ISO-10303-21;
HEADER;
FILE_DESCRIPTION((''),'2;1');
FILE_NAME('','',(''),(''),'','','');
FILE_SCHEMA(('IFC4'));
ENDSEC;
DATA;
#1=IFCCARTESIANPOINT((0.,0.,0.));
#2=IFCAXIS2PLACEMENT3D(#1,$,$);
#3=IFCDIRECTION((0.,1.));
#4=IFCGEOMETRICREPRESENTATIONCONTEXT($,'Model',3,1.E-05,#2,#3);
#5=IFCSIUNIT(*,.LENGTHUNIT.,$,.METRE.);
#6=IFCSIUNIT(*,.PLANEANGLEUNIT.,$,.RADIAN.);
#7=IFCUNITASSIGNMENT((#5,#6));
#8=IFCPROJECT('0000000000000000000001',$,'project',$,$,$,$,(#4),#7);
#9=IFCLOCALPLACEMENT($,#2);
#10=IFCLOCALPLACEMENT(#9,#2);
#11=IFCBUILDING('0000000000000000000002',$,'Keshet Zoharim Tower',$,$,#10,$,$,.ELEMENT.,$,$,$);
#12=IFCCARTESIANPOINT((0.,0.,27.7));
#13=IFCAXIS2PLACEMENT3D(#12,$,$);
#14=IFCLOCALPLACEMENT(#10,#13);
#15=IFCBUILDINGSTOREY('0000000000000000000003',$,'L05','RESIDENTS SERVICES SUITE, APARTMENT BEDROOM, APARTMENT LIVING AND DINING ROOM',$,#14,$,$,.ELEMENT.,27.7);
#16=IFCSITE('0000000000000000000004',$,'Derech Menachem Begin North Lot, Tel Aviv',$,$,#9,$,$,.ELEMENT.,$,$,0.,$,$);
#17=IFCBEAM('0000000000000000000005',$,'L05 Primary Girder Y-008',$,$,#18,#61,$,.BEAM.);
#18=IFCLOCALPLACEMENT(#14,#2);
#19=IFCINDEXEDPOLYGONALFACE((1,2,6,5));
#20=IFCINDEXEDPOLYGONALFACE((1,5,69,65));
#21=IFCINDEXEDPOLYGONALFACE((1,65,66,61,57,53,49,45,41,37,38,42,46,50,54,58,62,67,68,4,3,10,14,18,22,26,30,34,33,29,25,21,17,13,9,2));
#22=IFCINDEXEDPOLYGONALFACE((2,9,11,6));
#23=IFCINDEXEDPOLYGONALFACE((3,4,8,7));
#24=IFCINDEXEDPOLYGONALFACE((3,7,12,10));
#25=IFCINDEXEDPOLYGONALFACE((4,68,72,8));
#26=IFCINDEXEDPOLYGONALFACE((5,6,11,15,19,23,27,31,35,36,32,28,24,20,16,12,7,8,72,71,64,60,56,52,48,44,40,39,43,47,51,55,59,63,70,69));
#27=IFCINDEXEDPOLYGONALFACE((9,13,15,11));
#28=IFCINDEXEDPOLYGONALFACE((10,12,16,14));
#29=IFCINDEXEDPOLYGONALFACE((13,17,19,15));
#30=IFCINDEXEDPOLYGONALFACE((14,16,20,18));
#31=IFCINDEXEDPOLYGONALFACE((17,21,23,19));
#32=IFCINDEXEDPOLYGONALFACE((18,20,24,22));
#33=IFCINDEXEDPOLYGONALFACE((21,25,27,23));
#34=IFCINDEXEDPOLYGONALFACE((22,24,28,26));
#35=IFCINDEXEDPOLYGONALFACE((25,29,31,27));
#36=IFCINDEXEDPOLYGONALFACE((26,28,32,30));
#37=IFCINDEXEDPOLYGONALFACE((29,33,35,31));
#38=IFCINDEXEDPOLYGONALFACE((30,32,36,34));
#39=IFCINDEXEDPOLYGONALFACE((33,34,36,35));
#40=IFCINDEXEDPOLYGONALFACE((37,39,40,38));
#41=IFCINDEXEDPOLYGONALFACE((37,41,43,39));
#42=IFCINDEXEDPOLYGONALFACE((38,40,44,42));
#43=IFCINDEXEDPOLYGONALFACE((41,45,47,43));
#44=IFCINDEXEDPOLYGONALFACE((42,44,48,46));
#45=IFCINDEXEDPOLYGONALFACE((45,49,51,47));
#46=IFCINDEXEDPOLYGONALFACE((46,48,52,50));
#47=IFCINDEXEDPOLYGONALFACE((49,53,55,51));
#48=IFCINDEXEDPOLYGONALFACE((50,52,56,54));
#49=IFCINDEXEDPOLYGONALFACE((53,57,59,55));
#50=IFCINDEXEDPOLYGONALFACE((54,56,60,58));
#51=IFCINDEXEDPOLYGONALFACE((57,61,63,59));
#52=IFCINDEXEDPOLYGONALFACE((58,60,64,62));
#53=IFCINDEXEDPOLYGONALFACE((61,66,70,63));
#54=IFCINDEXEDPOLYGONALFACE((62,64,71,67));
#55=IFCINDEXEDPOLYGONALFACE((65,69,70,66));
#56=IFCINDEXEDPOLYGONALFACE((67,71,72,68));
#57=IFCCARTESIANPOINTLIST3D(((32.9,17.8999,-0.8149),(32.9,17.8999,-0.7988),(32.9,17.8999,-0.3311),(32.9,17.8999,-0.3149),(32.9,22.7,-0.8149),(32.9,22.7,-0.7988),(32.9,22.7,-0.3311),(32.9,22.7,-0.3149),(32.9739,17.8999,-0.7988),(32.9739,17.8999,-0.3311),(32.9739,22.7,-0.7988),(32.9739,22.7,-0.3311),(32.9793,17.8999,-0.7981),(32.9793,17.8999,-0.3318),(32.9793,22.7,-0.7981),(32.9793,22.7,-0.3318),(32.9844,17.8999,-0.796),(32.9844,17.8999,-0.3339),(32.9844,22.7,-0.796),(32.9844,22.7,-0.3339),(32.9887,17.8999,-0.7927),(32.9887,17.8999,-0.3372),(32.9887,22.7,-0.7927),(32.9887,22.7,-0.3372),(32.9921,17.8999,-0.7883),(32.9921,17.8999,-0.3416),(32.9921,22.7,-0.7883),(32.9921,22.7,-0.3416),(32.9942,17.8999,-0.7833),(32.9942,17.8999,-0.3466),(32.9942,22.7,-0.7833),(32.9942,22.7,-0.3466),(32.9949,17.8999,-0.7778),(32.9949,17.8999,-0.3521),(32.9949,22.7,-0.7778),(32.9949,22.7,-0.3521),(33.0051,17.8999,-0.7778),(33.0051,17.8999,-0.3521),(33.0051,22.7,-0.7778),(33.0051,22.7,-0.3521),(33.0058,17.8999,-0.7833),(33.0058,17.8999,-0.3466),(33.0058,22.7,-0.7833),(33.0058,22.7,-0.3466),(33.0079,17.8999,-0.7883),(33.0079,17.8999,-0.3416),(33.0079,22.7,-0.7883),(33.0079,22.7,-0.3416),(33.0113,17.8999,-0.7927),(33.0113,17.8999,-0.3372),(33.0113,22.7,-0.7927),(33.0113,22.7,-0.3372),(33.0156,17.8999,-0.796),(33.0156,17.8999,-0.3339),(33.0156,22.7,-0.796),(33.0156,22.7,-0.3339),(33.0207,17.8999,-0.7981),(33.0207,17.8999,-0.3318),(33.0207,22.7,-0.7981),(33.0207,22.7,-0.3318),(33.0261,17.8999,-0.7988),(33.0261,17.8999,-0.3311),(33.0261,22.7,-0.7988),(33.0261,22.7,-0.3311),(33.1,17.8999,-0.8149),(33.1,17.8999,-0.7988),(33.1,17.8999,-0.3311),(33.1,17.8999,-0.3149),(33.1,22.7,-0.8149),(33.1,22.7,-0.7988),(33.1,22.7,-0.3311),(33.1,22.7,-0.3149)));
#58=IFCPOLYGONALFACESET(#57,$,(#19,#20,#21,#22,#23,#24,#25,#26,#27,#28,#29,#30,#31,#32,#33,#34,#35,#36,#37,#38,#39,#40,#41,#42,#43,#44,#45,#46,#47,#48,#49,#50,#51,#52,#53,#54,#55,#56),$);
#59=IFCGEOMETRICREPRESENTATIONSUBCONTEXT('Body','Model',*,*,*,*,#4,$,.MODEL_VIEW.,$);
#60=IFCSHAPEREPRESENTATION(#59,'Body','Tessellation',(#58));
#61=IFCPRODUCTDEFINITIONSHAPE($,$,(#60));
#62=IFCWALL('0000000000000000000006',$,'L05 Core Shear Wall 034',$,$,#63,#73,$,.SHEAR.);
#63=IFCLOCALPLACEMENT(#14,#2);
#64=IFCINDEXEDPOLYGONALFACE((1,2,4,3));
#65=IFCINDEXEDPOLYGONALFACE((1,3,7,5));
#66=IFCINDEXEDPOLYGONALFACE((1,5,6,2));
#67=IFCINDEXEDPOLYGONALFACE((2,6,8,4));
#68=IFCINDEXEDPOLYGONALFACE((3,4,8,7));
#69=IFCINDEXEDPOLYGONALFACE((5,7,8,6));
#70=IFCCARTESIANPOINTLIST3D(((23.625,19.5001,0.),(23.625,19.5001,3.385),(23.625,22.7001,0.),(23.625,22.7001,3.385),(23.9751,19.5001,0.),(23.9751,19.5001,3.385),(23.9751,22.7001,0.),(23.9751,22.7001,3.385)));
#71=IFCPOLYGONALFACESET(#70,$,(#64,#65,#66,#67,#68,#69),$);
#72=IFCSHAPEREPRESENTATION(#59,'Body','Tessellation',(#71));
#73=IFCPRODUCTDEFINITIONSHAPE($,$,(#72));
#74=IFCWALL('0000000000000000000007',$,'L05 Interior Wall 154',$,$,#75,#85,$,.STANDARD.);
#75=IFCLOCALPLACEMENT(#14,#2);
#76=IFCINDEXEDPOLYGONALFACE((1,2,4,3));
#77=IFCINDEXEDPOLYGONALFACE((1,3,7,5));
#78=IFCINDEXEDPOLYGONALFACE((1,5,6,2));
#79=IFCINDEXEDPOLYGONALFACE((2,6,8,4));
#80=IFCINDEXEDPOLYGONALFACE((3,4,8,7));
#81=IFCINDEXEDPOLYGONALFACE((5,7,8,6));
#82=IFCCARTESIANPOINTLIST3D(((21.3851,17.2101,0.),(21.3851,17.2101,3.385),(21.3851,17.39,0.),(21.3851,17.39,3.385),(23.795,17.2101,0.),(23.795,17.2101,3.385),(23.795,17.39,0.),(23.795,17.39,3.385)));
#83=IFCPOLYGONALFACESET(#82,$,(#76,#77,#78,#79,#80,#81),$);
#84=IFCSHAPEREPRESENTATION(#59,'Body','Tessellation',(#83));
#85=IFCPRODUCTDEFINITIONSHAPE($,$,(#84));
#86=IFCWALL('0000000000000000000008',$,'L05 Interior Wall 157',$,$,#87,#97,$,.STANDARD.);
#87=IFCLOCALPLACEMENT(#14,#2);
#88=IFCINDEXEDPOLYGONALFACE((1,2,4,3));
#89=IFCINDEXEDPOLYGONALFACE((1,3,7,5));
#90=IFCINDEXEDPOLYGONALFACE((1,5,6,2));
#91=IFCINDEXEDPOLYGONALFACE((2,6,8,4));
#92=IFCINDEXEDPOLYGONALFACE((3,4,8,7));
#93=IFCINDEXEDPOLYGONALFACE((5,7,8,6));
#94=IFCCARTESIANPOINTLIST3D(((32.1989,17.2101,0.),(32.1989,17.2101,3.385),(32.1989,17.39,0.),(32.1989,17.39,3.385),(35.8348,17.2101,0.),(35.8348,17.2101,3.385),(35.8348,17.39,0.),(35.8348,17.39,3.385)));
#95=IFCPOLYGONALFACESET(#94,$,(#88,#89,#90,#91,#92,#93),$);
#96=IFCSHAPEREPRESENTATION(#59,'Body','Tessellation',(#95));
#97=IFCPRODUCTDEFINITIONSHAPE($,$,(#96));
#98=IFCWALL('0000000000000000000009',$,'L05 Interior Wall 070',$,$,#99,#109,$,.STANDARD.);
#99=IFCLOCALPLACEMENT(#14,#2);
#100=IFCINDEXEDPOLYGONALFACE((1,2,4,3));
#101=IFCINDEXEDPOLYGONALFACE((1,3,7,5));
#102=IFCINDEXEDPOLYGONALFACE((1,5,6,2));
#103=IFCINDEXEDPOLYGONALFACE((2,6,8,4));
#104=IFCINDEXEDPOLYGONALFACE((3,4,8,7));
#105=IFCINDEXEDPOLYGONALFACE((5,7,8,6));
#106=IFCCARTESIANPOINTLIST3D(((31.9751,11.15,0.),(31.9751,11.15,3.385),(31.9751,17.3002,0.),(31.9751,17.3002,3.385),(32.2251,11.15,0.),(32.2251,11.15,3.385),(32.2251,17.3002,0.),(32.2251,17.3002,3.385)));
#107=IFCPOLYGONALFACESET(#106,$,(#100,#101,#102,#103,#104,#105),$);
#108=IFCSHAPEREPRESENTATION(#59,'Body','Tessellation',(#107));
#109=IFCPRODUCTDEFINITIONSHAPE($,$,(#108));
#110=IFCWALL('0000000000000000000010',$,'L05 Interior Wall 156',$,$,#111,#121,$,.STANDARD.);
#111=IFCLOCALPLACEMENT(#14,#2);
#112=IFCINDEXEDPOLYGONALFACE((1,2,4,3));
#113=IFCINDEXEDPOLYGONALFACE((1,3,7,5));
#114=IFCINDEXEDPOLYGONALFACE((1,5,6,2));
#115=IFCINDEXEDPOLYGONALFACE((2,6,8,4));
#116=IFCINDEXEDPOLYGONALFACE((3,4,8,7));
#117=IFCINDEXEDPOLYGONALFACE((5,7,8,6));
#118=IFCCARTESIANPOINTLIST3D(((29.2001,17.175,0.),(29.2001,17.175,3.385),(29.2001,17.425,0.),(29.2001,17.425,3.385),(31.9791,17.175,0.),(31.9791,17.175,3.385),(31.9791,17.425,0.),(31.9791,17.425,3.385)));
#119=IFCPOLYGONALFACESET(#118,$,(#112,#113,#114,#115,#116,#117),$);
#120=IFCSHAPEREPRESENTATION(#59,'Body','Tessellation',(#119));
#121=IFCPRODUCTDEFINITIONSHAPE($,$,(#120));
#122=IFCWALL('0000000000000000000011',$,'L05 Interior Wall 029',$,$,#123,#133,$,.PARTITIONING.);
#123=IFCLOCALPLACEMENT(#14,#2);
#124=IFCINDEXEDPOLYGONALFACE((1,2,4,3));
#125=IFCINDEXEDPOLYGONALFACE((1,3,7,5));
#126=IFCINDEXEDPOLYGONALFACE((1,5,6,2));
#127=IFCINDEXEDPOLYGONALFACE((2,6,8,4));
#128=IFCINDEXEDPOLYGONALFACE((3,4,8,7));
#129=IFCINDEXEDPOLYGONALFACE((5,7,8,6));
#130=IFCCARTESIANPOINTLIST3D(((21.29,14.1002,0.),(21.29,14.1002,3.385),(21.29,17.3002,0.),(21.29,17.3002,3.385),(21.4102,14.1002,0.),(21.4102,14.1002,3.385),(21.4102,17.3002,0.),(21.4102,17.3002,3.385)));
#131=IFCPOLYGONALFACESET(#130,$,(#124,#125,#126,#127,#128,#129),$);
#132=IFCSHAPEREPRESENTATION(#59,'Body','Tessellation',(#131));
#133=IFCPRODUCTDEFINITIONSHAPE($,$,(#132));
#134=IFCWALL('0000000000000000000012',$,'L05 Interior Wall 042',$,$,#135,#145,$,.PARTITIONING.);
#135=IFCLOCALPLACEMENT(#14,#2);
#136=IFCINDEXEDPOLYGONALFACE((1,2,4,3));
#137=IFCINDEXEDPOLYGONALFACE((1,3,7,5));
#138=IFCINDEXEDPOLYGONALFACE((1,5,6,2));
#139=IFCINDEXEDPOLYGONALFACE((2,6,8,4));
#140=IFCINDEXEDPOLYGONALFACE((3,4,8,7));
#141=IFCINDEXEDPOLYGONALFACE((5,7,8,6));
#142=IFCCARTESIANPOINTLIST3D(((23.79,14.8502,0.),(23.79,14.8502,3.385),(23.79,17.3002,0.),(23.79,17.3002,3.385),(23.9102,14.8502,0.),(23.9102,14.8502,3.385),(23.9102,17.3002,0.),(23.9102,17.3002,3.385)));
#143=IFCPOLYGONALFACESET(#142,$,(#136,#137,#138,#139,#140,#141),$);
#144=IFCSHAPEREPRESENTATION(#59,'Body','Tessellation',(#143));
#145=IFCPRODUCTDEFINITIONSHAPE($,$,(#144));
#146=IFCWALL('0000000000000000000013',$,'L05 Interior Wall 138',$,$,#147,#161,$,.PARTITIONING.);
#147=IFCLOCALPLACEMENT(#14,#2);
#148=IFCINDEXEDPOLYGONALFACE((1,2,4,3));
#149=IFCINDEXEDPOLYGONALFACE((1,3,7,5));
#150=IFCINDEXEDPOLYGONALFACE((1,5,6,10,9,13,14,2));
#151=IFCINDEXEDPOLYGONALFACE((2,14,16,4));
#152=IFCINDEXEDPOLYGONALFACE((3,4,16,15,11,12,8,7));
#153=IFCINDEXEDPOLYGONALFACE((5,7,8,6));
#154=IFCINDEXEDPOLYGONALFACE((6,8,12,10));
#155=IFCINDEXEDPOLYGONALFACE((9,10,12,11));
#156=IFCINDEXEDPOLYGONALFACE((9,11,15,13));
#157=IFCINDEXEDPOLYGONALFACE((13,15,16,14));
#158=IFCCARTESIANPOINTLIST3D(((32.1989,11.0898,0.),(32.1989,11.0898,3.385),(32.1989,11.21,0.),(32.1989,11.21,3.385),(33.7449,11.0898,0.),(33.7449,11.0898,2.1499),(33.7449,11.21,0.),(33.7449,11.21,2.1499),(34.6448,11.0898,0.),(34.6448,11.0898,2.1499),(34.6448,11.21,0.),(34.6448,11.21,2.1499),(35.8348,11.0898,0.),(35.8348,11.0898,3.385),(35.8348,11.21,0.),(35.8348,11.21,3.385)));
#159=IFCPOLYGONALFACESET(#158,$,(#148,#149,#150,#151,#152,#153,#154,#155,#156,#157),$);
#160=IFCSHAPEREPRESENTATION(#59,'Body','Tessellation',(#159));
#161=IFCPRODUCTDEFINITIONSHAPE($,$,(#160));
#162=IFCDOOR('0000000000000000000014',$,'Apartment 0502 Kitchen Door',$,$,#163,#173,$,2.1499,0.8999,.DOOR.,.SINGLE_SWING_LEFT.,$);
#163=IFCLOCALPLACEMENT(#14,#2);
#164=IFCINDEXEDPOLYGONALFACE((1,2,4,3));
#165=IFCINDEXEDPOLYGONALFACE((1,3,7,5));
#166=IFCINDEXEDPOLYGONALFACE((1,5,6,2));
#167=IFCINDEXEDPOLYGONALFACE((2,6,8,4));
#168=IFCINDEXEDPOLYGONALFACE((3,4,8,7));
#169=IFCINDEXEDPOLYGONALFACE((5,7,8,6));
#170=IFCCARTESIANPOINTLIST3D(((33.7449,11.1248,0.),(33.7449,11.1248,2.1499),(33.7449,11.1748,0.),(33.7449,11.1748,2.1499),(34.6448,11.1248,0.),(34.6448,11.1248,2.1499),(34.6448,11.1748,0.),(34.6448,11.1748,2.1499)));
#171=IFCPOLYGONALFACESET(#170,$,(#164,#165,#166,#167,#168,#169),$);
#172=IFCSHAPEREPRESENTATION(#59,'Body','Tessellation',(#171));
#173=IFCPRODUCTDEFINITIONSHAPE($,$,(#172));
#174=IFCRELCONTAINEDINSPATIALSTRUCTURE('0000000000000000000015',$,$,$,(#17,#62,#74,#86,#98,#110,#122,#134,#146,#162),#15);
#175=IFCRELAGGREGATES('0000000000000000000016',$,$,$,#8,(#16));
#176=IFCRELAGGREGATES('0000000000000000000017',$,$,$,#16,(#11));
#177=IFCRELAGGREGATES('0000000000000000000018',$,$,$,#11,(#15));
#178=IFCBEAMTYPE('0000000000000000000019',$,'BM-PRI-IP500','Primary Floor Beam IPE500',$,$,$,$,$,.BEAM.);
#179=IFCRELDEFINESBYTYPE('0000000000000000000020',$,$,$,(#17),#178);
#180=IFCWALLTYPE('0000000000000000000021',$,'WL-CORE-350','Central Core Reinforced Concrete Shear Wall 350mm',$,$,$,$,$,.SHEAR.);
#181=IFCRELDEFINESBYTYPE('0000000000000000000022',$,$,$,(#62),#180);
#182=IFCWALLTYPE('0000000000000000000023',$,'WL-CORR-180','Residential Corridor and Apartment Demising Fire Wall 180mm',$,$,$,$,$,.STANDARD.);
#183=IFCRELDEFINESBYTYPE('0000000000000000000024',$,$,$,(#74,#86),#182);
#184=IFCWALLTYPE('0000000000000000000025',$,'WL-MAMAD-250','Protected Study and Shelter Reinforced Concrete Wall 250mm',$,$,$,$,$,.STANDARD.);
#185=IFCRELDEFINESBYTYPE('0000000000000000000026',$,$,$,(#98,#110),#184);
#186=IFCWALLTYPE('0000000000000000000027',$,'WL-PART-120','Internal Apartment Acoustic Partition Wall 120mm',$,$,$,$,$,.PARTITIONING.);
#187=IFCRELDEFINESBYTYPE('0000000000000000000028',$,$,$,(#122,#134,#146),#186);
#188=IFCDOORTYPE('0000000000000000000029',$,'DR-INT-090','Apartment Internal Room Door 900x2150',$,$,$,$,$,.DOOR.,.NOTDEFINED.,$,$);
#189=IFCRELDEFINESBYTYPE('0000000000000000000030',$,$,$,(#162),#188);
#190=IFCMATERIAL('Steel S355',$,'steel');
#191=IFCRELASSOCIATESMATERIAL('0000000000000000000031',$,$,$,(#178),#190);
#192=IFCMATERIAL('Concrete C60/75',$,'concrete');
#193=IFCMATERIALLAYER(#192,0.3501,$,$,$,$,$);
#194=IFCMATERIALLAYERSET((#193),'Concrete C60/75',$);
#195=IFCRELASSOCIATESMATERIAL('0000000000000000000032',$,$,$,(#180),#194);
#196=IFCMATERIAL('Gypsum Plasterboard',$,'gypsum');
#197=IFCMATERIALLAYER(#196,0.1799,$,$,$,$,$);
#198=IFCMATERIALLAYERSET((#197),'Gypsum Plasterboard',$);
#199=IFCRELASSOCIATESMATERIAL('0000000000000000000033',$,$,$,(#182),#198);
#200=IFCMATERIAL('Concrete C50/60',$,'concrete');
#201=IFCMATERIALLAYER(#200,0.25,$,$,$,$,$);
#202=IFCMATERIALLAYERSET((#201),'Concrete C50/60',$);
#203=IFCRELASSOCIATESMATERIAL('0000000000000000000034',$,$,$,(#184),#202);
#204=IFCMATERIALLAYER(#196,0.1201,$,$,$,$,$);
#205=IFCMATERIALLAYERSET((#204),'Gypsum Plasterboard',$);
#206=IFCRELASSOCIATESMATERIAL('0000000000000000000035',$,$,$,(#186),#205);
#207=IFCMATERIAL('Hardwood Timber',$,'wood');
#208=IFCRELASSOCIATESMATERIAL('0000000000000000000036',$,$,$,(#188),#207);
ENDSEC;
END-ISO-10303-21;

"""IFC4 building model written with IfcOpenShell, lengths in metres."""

from ifc_helpers import new_model, si_unit, direction, frame, frame_2d, origin, origin_2d, place, context, subcontext, project, spatial, rectangle, i_section, extrude, material, layer, layer_set, material_profile, profile_set, type_object, element, fill, save


model = new_model("IFC4")

# Units and contexts
model_context = context("Model", 3, precision=1e-05, world=origin(), true_north=direction((0.0, 1.0)))
body_context = subcontext(model_context, "Body", "Model", "MODEL_VIEW")
ifc_project = project(units=[si_unit("LENGTHUNIT", "METRE"), si_unit("PLANEANGLEUNIT", "RADIAN")], contexts=[model_context])

# Site, building, storey
site_placement = place(None, origin())
site = spatial("IfcSite", under=ifc_project, at=site_placement, Name="Derech Menachem Begin North Lot, Tel Aviv", CompositionType="ELEMENT", RefElevation=0.0)
building_placement = place(site_placement, origin())
building = spatial("IfcBuilding", under=site, at=building_placement, Name="Keshet Zoharim Tower", CompositionType="ELEMENT")
storey_placement = place(building_placement, frame((0.0, 0.0, 27.7)))
storey = spatial("IfcBuildingStorey", under=building, at=storey_placement, Name="L05", Description="RESIDENTS SERVICES SUITE, APARTMENT BEDROOM, APARTMENT LIVING AND DINING ROOM", CompositionType="ELEMENT", Elevation=27.7)

# Shared definitions
ifc_material_1 = material(Name="Concrete C60/75", Category="concrete")

# Beam
ifc_material_2 = material(Name="Steel S355", Category="steel")
ifc_material_profile_1 = material_profile(ifc_material_2, i_section(OverallWidth=0.2, OverallDepth=0.5, WebThickness=0.0103, FlangeThickness=0.0161, FilletRadius=0.021, at=origin_2d()), Name="IPE500")
ifc_profile_set_1 = profile_set([ifc_material_profile_1], Name="Steel S355")
beam_type_1 = type_object("IfcBeamType", Name="BM-PRI-IP500", Description="Primary Floor Beam IPE500", PredefinedType="BEAM", material=ifc_profile_set_1)
beam_1_placement = place(storey_placement, frame((33.0, 17.8999, -0.5649), z_axis=(0.0, 1.0, 0.0), x_axis=(-1.0, 0.0, 0.0)))
element("IfcBeam", 1, at=beam_1_placement, inside=storey, type_object=beam_type_1, Name="L05 Primary Girder Y-008", PredefinedType="BEAM", context=body_context, shape_type="SweptSolid", body=[
    extrude(i_section(OverallWidth=0.2, OverallDepth=0.5, WebThickness=0.0103, FlangeThickness=0.0161, FilletRadius=0.021, at=origin_2d()), origin(), (0.0, 0.0, 1.0), 4.8),
])

# Walls
ifc_layer_1 = layer(ifc_material_1, 0.3501)
ifc_layer_set_1 = layer_set([ifc_layer_1], Name="Concrete C60/75")
wall_type_1 = type_object("IfcWallType", Name="WL-CORE-350", Description="Central Core Reinforced Concrete Shear Wall 350mm", PredefinedType="SHEAR", material=ifc_layer_set_1)
wall_1_placement = place(storey_placement, frame((23.8, 19.5, 0.0), z_axis=(0.0, 0.0, 1.0), x_axis=(0.0, 1.0, 0.0)))
element("IfcWall", 2, at=wall_1_placement, inside=storey, type_object=wall_type_1, Name="L05 Core Shear Wall 034", PredefinedType="SHEAR", context=body_context, shape_type="SweptSolid", body=[
    extrude(rectangle(XDim=3.2, YDim=0.3501, at=frame_2d((1.6001, 0.0))), origin(), (0.0, 0.0, 1.0), 3.385),
])
ifc_material_3 = material(Name="Gypsum Plasterboard", Category="gypsum")
ifc_layer_2 = layer(ifc_material_3, 0.1799)
ifc_layer_set_2 = layer_set([ifc_layer_2], Name="Gypsum Plasterboard")
wall_type_2 = type_object("IfcWallType", Name="WL-CORR-180", Description="Residential Corridor and Apartment Demising Fire Wall 180mm", PredefinedType="STANDARD", material=ifc_layer_set_2)
wall_2_placement = place(storey_placement, frame((21.385, 17.3, 0.0), z_axis=(0.0, 0.0, 1.0), x_axis=(1.0, 0.0, 0.0)))
element("IfcWall", 3, at=wall_2_placement, inside=storey, type_object=wall_type_2, Name="L05 Interior Wall 154", PredefinedType="STANDARD", context=body_context, shape_type="SweptSolid", body=[
    extrude(rectangle(XDim=2.4099, YDim=0.1799, at=frame_2d((1.2051, 0.0))), origin(), (0.0, 0.0, 1.0), 3.385),
])

# Shared definitions
ifc_material_4 = material(Name="Hardwood Timber", Category="wood")

# Walls
wall_3_placement = place(storey_placement, frame((32.199, 17.3, 0.0), z_axis=(0.0, 0.0, 1.0), x_axis=(1.0, 0.0, 0.0)))
element("IfcWall", 4, at=wall_3_placement, inside=storey, type_object=wall_type_2, Name="L05 Interior Wall 157", PredefinedType="STANDARD", context=body_context, shape_type="SweptSolid", body=[
    extrude(rectangle(XDim=3.636, YDim=0.1799, at=frame_2d((1.8179, 0.0))), origin(), (0.0, 0.0, 1.0), 3.385),
])
ifc_material_5 = material(Name="Concrete C50/60", Category="concrete")
ifc_layer_3 = layer(ifc_material_5, 0.25)
ifc_layer_set_3 = layer_set([ifc_layer_3], Name="Concrete C50/60")
wall_type_3 = type_object("IfcWallType", Name="WL-MAMAD-250", Description="Protected Study and Shelter Reinforced Concrete Wall 250mm", PredefinedType="STANDARD", material=ifc_layer_set_3)
wall_4_placement = place(storey_placement, frame((32.1001, 11.1499, 0.0), z_axis=(0.0, 0.0, 1.0), x_axis=(0.0, 1.0, 0.0)))
element("IfcWall", 5, at=wall_4_placement, inside=storey, type_object=wall_type_3, Name="L05 Interior Wall 070", PredefinedType="STANDARD", context=body_context, shape_type="SweptSolid", body=[
    extrude(rectangle(XDim=6.1501, YDim=0.25, at=frame_2d((3.0752, 0.0))), origin(), (0.0, 0.0, 1.0), 3.385),
])

# Walls
wall_5_placement = place(storey_placement, frame((29.2, 17.3, 0.0), z_axis=(0.0, 0.0, 1.0), x_axis=(1.0, 0.0, 0.0)))
element("IfcWall", 6, at=wall_5_placement, inside=storey, type_object=wall_type_3, Name="L05 Interior Wall 156", PredefinedType="STANDARD", context=body_context, shape_type="SweptSolid", body=[
    extrude(rectangle(XDim=2.7791, YDim=0.25, at=frame_2d((1.3896, 0.0))), origin(), (0.0, 0.0, 1.0), 3.385),
])
ifc_layer_4 = layer(ifc_material_3, 0.1201)
ifc_layer_set_4 = layer_set([ifc_layer_4], Name="Gypsum Plasterboard")
wall_type_4 = type_object("IfcWallType", Name="WL-PART-120", Description="Internal Apartment Acoustic Partition Wall 120mm", PredefinedType="PARTITIONING", material=ifc_layer_set_4)
wall_6_placement = place(storey_placement, frame((21.3501, 14.1001, 0.0), z_axis=(0.0, 0.0, 1.0), x_axis=(0.0, 1.0, 0.0)))
element("IfcWall", 7, at=wall_6_placement, inside=storey, type_object=wall_type_4, Name="L05 Interior Wall 029", PredefinedType="PARTITIONING", context=body_context, shape_type="SweptSolid", body=[
    extrude(rectangle(XDim=3.2, YDim=0.1201, at=frame_2d((1.6001, 0.0))), origin(), (0.0, 0.0, 1.0), 3.385),
])
wall_7_placement = place(storey_placement, frame((23.8501, 14.8501, 0.0), z_axis=(0.0, 0.0, 1.0), x_axis=(0.0, 1.0, 0.0)))
element("IfcWall", 8, at=wall_7_placement, inside=storey, type_object=wall_type_4, Name="L05 Interior Wall 042", PredefinedType="PARTITIONING", context=body_context, shape_type="SweptSolid", body=[
    extrude(rectangle(XDim=2.45, YDim=0.1201, at=frame_2d((1.2251, 0.0))), origin(), (0.0, 0.0, 1.0), 3.385),
])

# Wall, opening, door
wall_8_placement = place(storey_placement, frame((32.199, 11.1499, 0.0), z_axis=(0.0, 0.0, 1.0), x_axis=(1.0, 0.0, 0.0)))
wall_8 = element("IfcWall", 9, at=wall_8_placement, inside=storey, type_object=wall_type_4, Name="L05 Interior Wall 138", PredefinedType="PARTITIONING", context=body_context, shape_type="SweptSolid", body=[
    extrude(rectangle(XDim=3.636, YDim=0.1201, at=frame_2d((1.8179, 0.0))), origin(), (0.0, 0.0, 1.0), 3.385),
])
opening_1_placement = place(wall_8_placement, frame((1.5459, 0.0, 0.0)))
opening_1 = element("IfcOpeningElement", 10, at=opening_1_placement, cuts=wall_8, PredefinedType="OPENING", context=body_context, shape_type="SweptSolid", body=[
    extrude(rectangle(XDim=0.8999, YDim=2.1499, at=frame_2d((0.45, 1.075))), frame((0.0, 0.0701, 0.0), z_axis=(0.0, -1.0, 0.0), x_axis=(1.0, 0.0, 0.0)), (0.0, 0.0, 1.0), 0.1401),
])
door_type_1 = type_object("IfcDoorType", Name="DR-INT-090", Description="Apartment Internal Room Door 900x2150", OperationType="NOTDEFINED", PredefinedType="DOOR", material=ifc_material_4)
door_1_placement = place(opening_1_placement, origin())
door_1 = element("IfcDoor", 11, at=door_1_placement, inside=storey, type_object=door_type_1, Name="Apartment 0502 Kitchen Door", OperationType="SINGLE_SWING_LEFT", OverallHeight=2.1499, OverallWidth=0.8999, PredefinedType="DOOR", context=body_context, shape_type="SweptSolid", body=[
    extrude(rectangle(XDim=0.8999, YDim=2.1499, at=frame_2d((0.45, 1.075))), frame((0.0, 0.0249, 0.0), z_axis=(0.0, -1.0, 0.0), x_axis=(1.0, 0.0, 0.0)), (0.0, 0.0, 1.0), 0.05),
])
fill(opening_1, door_1)

save(model, "model.ifc")
